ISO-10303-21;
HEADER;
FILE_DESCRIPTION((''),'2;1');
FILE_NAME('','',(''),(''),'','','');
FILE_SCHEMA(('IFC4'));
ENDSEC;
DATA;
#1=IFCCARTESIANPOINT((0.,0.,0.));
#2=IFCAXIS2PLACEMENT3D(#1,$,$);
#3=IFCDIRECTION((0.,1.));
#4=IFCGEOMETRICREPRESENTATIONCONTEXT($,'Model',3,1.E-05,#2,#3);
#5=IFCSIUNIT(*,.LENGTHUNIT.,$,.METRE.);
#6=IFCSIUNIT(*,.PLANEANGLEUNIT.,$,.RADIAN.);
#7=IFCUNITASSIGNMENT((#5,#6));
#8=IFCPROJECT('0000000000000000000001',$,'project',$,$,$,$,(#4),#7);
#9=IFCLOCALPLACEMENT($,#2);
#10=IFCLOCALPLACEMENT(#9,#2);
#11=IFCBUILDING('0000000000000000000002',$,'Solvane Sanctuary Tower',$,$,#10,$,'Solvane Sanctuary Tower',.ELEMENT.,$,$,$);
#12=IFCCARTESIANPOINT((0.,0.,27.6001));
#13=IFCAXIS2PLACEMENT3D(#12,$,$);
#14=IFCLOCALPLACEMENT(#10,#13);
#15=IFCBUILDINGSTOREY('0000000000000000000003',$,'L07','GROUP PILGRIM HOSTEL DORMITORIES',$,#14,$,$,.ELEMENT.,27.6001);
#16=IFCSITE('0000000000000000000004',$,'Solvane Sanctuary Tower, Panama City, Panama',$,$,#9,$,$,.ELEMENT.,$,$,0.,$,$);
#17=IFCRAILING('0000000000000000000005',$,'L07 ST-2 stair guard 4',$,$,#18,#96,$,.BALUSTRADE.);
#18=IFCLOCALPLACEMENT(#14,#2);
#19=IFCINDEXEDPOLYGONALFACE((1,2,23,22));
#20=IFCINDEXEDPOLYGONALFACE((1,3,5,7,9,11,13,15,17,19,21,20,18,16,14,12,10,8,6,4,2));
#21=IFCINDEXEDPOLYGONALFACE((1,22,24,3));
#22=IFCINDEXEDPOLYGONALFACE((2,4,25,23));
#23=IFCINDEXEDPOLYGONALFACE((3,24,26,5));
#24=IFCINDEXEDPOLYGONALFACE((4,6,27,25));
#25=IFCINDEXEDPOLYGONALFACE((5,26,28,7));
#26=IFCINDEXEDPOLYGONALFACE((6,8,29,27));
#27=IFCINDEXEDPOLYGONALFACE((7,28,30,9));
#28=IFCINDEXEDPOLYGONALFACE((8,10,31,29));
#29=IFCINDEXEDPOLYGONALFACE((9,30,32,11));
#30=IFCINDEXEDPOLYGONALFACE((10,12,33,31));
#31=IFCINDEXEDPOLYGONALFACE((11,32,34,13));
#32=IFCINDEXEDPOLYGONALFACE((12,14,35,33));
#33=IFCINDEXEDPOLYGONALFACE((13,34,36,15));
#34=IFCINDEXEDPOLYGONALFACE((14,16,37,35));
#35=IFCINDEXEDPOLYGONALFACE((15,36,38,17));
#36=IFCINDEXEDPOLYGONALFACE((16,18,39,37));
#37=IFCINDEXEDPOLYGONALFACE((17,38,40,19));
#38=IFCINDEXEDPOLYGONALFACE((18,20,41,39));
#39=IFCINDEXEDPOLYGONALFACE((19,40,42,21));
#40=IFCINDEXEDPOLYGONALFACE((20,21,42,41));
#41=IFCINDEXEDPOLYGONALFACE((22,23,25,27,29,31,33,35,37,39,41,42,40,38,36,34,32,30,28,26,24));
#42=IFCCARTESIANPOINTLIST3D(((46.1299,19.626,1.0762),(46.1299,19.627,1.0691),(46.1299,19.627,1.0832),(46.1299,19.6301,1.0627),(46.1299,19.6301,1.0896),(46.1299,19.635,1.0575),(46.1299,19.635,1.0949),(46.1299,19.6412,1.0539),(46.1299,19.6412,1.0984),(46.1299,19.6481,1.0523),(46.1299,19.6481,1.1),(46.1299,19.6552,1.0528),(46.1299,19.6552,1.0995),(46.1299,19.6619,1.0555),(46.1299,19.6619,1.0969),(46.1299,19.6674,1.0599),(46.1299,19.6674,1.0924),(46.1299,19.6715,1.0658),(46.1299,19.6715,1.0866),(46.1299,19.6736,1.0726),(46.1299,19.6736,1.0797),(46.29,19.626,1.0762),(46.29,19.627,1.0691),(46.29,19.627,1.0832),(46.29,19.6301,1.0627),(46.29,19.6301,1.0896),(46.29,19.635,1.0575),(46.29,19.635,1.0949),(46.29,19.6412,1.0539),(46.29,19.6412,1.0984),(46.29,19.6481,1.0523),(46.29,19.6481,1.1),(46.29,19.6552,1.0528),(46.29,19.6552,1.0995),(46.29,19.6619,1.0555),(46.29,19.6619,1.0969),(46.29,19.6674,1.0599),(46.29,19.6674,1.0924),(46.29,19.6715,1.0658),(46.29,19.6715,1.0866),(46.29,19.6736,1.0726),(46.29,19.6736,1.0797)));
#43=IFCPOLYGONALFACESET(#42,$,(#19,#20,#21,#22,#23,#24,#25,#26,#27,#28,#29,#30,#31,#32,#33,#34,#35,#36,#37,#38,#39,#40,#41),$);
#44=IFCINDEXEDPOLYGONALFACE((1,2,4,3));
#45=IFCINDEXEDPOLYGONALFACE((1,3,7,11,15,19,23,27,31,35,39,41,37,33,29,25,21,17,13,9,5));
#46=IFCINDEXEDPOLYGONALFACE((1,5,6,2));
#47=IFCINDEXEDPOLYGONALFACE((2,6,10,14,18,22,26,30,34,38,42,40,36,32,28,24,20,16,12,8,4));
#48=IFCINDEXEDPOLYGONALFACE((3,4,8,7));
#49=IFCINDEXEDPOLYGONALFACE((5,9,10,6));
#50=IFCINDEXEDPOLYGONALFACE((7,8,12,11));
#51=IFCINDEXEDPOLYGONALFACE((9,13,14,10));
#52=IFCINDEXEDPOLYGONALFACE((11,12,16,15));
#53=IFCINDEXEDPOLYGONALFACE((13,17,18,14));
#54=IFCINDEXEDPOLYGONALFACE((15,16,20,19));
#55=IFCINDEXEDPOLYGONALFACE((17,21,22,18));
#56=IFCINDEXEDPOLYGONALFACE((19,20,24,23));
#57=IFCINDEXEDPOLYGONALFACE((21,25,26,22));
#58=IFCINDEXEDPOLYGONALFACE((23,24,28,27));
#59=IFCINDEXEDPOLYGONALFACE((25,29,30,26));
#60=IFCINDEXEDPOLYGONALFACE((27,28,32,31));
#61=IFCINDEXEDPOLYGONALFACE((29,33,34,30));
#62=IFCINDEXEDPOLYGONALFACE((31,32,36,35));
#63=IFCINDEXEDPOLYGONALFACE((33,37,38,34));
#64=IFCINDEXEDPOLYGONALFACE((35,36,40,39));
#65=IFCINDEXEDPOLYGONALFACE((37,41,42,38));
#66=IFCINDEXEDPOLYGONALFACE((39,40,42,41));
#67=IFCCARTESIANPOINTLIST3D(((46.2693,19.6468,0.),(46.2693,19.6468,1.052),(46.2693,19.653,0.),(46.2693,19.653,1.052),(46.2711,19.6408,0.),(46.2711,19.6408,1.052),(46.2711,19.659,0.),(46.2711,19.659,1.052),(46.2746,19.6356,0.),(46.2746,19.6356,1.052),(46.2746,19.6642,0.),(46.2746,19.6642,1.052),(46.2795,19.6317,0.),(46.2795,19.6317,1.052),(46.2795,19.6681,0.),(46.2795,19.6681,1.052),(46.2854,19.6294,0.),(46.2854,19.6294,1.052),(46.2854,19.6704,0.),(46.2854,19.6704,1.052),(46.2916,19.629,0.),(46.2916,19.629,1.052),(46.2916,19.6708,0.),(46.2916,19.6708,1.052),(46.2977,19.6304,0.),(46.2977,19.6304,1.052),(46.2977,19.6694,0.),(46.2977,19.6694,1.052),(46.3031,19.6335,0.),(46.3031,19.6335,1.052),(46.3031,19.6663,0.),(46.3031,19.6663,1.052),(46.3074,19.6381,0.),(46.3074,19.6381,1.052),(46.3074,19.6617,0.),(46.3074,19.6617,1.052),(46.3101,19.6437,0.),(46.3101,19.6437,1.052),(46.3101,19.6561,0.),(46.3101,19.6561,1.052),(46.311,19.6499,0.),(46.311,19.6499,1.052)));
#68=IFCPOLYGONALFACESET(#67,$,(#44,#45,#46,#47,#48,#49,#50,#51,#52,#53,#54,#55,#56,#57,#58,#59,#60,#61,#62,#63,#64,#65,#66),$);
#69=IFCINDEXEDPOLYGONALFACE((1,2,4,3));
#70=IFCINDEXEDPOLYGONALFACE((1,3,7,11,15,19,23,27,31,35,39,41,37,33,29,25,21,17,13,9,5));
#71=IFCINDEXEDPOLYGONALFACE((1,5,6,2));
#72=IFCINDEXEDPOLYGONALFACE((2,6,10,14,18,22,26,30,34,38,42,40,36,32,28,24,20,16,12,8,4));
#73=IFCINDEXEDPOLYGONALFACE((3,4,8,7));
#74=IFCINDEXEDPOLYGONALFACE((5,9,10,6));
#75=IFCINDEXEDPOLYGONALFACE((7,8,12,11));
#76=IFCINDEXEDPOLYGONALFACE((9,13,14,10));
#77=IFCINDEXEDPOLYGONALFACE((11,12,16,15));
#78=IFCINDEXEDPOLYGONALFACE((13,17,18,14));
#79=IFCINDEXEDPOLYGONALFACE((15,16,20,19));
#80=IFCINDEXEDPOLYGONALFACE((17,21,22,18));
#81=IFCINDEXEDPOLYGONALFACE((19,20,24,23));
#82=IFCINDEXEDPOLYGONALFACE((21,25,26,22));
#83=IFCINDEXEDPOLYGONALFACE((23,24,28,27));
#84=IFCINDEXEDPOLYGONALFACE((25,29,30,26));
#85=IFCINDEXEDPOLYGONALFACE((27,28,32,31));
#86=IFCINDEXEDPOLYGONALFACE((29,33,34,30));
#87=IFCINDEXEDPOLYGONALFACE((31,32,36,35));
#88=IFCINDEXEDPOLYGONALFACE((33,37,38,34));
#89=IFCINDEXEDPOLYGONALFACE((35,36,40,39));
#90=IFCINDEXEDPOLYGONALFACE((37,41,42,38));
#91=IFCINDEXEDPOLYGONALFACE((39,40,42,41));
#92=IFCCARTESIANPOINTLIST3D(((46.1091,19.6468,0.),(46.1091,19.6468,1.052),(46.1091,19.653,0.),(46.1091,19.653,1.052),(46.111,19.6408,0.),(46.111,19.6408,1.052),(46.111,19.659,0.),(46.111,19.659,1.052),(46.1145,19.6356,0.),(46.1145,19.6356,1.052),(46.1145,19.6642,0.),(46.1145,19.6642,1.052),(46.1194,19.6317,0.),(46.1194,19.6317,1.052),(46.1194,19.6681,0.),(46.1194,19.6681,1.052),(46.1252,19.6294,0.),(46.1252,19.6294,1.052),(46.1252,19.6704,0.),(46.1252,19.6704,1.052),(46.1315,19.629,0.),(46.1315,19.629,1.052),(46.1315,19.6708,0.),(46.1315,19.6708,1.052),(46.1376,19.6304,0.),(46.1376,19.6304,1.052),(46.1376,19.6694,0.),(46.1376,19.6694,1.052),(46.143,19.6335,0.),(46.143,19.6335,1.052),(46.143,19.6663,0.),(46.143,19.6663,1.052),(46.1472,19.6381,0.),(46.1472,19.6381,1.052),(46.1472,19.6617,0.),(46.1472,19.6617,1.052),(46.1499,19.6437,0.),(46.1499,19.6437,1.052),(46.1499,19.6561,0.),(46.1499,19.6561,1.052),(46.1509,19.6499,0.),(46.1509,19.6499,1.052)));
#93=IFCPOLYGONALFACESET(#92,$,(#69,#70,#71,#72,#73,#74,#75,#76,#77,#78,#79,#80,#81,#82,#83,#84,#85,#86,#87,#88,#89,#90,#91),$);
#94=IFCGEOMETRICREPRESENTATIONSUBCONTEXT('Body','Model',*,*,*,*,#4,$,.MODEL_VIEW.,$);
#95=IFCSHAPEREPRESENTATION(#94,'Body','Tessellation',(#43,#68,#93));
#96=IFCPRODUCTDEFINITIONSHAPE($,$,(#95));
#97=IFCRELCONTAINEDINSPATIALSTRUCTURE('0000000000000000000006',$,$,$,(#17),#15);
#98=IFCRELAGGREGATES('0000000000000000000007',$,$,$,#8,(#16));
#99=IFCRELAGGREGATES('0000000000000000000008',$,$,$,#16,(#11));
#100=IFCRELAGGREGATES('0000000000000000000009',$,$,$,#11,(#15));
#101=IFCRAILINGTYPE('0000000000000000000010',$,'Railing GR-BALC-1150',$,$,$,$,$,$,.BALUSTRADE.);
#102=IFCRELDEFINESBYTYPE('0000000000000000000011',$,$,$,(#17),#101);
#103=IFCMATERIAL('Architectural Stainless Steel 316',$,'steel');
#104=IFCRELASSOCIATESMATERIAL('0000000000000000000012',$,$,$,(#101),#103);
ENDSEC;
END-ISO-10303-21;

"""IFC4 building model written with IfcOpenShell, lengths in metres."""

from ifc_helpers import new_model, si_unit, direction, frame, origin, origin_2d, place, context, subcontext, project, spatial, circle, extrude, material, type_object, element, save


model = new_model("IFC4")

# Units and contexts
model_context = context("Model", 3, precision=1e-05, world=origin(), true_north=direction((0.0, 1.0)))
body_context = subcontext(model_context, "Body", "Model", "MODEL_VIEW")
ifc_project = project(units=[si_unit("LENGTHUNIT", "METRE"), si_unit("PLANEANGLEUNIT", "RADIAN")], contexts=[model_context])

# Site, building, storey
site_placement = place(None, origin())
site = spatial("IfcSite", under=ifc_project, at=site_placement, Name="Solvane Sanctuary Tower, Panama City, Panama", CompositionType="ELEMENT", RefElevation=0.0)
building_placement = place(site_placement, origin())
building = spatial("IfcBuilding", under=site, at=building_placement, Name="Solvane Sanctuary Tower", LongName="Solvane Sanctuary Tower", CompositionType="ELEMENT")
storey_placement = place(building_placement, frame((0.0, 0.0, 27.6001)))
storey = spatial("IfcBuildingStorey", under=building, at=storey_placement, Name="L07", Description="GROUP PILGRIM HOSTEL DORMITORIES", CompositionType="ELEMENT", Elevation=27.6001)

# Railing
ifc_material_1 = material(Name="Architectural Stainless Steel 316", Category="steel")
railing_type_1 = type_object("IfcRailingType", Name="Railing GR-BALC-1150", PredefinedType="BALUSTRADE", material=ifc_material_1)
railing_1_placement = place(storey_placement, frame((46.29, 19.6499, 0.0)))
element("IfcRailing", 1, at=railing_1_placement, inside=storey, type_object=railing_type_1, Name="L07 ST-2 stair guard 4", PredefinedType="BALUSTRADE", context=body_context, shape_type="SweptSolid", body=[
    extrude(circle(Radius=0.0239, at=origin_2d()), frame((0.0, 0.0, 1.0762), z_axis=(-1.0, 0.0, 0.0), x_axis=(0.0, -1.0, 0.0)), (0.0, 0.0, 1.0), 0.1602),
    extrude(circle(Radius=0.021, at=origin_2d()), origin(), (0.0, 0.0, 1.0), 1.052),
    extrude(circle(Radius=0.021, at=origin_2d()), frame((-0.1602, 0.0, 0.0)), (0.0, 0.0, 1.0), 1.052),
])

save(model, "model.ifc")
